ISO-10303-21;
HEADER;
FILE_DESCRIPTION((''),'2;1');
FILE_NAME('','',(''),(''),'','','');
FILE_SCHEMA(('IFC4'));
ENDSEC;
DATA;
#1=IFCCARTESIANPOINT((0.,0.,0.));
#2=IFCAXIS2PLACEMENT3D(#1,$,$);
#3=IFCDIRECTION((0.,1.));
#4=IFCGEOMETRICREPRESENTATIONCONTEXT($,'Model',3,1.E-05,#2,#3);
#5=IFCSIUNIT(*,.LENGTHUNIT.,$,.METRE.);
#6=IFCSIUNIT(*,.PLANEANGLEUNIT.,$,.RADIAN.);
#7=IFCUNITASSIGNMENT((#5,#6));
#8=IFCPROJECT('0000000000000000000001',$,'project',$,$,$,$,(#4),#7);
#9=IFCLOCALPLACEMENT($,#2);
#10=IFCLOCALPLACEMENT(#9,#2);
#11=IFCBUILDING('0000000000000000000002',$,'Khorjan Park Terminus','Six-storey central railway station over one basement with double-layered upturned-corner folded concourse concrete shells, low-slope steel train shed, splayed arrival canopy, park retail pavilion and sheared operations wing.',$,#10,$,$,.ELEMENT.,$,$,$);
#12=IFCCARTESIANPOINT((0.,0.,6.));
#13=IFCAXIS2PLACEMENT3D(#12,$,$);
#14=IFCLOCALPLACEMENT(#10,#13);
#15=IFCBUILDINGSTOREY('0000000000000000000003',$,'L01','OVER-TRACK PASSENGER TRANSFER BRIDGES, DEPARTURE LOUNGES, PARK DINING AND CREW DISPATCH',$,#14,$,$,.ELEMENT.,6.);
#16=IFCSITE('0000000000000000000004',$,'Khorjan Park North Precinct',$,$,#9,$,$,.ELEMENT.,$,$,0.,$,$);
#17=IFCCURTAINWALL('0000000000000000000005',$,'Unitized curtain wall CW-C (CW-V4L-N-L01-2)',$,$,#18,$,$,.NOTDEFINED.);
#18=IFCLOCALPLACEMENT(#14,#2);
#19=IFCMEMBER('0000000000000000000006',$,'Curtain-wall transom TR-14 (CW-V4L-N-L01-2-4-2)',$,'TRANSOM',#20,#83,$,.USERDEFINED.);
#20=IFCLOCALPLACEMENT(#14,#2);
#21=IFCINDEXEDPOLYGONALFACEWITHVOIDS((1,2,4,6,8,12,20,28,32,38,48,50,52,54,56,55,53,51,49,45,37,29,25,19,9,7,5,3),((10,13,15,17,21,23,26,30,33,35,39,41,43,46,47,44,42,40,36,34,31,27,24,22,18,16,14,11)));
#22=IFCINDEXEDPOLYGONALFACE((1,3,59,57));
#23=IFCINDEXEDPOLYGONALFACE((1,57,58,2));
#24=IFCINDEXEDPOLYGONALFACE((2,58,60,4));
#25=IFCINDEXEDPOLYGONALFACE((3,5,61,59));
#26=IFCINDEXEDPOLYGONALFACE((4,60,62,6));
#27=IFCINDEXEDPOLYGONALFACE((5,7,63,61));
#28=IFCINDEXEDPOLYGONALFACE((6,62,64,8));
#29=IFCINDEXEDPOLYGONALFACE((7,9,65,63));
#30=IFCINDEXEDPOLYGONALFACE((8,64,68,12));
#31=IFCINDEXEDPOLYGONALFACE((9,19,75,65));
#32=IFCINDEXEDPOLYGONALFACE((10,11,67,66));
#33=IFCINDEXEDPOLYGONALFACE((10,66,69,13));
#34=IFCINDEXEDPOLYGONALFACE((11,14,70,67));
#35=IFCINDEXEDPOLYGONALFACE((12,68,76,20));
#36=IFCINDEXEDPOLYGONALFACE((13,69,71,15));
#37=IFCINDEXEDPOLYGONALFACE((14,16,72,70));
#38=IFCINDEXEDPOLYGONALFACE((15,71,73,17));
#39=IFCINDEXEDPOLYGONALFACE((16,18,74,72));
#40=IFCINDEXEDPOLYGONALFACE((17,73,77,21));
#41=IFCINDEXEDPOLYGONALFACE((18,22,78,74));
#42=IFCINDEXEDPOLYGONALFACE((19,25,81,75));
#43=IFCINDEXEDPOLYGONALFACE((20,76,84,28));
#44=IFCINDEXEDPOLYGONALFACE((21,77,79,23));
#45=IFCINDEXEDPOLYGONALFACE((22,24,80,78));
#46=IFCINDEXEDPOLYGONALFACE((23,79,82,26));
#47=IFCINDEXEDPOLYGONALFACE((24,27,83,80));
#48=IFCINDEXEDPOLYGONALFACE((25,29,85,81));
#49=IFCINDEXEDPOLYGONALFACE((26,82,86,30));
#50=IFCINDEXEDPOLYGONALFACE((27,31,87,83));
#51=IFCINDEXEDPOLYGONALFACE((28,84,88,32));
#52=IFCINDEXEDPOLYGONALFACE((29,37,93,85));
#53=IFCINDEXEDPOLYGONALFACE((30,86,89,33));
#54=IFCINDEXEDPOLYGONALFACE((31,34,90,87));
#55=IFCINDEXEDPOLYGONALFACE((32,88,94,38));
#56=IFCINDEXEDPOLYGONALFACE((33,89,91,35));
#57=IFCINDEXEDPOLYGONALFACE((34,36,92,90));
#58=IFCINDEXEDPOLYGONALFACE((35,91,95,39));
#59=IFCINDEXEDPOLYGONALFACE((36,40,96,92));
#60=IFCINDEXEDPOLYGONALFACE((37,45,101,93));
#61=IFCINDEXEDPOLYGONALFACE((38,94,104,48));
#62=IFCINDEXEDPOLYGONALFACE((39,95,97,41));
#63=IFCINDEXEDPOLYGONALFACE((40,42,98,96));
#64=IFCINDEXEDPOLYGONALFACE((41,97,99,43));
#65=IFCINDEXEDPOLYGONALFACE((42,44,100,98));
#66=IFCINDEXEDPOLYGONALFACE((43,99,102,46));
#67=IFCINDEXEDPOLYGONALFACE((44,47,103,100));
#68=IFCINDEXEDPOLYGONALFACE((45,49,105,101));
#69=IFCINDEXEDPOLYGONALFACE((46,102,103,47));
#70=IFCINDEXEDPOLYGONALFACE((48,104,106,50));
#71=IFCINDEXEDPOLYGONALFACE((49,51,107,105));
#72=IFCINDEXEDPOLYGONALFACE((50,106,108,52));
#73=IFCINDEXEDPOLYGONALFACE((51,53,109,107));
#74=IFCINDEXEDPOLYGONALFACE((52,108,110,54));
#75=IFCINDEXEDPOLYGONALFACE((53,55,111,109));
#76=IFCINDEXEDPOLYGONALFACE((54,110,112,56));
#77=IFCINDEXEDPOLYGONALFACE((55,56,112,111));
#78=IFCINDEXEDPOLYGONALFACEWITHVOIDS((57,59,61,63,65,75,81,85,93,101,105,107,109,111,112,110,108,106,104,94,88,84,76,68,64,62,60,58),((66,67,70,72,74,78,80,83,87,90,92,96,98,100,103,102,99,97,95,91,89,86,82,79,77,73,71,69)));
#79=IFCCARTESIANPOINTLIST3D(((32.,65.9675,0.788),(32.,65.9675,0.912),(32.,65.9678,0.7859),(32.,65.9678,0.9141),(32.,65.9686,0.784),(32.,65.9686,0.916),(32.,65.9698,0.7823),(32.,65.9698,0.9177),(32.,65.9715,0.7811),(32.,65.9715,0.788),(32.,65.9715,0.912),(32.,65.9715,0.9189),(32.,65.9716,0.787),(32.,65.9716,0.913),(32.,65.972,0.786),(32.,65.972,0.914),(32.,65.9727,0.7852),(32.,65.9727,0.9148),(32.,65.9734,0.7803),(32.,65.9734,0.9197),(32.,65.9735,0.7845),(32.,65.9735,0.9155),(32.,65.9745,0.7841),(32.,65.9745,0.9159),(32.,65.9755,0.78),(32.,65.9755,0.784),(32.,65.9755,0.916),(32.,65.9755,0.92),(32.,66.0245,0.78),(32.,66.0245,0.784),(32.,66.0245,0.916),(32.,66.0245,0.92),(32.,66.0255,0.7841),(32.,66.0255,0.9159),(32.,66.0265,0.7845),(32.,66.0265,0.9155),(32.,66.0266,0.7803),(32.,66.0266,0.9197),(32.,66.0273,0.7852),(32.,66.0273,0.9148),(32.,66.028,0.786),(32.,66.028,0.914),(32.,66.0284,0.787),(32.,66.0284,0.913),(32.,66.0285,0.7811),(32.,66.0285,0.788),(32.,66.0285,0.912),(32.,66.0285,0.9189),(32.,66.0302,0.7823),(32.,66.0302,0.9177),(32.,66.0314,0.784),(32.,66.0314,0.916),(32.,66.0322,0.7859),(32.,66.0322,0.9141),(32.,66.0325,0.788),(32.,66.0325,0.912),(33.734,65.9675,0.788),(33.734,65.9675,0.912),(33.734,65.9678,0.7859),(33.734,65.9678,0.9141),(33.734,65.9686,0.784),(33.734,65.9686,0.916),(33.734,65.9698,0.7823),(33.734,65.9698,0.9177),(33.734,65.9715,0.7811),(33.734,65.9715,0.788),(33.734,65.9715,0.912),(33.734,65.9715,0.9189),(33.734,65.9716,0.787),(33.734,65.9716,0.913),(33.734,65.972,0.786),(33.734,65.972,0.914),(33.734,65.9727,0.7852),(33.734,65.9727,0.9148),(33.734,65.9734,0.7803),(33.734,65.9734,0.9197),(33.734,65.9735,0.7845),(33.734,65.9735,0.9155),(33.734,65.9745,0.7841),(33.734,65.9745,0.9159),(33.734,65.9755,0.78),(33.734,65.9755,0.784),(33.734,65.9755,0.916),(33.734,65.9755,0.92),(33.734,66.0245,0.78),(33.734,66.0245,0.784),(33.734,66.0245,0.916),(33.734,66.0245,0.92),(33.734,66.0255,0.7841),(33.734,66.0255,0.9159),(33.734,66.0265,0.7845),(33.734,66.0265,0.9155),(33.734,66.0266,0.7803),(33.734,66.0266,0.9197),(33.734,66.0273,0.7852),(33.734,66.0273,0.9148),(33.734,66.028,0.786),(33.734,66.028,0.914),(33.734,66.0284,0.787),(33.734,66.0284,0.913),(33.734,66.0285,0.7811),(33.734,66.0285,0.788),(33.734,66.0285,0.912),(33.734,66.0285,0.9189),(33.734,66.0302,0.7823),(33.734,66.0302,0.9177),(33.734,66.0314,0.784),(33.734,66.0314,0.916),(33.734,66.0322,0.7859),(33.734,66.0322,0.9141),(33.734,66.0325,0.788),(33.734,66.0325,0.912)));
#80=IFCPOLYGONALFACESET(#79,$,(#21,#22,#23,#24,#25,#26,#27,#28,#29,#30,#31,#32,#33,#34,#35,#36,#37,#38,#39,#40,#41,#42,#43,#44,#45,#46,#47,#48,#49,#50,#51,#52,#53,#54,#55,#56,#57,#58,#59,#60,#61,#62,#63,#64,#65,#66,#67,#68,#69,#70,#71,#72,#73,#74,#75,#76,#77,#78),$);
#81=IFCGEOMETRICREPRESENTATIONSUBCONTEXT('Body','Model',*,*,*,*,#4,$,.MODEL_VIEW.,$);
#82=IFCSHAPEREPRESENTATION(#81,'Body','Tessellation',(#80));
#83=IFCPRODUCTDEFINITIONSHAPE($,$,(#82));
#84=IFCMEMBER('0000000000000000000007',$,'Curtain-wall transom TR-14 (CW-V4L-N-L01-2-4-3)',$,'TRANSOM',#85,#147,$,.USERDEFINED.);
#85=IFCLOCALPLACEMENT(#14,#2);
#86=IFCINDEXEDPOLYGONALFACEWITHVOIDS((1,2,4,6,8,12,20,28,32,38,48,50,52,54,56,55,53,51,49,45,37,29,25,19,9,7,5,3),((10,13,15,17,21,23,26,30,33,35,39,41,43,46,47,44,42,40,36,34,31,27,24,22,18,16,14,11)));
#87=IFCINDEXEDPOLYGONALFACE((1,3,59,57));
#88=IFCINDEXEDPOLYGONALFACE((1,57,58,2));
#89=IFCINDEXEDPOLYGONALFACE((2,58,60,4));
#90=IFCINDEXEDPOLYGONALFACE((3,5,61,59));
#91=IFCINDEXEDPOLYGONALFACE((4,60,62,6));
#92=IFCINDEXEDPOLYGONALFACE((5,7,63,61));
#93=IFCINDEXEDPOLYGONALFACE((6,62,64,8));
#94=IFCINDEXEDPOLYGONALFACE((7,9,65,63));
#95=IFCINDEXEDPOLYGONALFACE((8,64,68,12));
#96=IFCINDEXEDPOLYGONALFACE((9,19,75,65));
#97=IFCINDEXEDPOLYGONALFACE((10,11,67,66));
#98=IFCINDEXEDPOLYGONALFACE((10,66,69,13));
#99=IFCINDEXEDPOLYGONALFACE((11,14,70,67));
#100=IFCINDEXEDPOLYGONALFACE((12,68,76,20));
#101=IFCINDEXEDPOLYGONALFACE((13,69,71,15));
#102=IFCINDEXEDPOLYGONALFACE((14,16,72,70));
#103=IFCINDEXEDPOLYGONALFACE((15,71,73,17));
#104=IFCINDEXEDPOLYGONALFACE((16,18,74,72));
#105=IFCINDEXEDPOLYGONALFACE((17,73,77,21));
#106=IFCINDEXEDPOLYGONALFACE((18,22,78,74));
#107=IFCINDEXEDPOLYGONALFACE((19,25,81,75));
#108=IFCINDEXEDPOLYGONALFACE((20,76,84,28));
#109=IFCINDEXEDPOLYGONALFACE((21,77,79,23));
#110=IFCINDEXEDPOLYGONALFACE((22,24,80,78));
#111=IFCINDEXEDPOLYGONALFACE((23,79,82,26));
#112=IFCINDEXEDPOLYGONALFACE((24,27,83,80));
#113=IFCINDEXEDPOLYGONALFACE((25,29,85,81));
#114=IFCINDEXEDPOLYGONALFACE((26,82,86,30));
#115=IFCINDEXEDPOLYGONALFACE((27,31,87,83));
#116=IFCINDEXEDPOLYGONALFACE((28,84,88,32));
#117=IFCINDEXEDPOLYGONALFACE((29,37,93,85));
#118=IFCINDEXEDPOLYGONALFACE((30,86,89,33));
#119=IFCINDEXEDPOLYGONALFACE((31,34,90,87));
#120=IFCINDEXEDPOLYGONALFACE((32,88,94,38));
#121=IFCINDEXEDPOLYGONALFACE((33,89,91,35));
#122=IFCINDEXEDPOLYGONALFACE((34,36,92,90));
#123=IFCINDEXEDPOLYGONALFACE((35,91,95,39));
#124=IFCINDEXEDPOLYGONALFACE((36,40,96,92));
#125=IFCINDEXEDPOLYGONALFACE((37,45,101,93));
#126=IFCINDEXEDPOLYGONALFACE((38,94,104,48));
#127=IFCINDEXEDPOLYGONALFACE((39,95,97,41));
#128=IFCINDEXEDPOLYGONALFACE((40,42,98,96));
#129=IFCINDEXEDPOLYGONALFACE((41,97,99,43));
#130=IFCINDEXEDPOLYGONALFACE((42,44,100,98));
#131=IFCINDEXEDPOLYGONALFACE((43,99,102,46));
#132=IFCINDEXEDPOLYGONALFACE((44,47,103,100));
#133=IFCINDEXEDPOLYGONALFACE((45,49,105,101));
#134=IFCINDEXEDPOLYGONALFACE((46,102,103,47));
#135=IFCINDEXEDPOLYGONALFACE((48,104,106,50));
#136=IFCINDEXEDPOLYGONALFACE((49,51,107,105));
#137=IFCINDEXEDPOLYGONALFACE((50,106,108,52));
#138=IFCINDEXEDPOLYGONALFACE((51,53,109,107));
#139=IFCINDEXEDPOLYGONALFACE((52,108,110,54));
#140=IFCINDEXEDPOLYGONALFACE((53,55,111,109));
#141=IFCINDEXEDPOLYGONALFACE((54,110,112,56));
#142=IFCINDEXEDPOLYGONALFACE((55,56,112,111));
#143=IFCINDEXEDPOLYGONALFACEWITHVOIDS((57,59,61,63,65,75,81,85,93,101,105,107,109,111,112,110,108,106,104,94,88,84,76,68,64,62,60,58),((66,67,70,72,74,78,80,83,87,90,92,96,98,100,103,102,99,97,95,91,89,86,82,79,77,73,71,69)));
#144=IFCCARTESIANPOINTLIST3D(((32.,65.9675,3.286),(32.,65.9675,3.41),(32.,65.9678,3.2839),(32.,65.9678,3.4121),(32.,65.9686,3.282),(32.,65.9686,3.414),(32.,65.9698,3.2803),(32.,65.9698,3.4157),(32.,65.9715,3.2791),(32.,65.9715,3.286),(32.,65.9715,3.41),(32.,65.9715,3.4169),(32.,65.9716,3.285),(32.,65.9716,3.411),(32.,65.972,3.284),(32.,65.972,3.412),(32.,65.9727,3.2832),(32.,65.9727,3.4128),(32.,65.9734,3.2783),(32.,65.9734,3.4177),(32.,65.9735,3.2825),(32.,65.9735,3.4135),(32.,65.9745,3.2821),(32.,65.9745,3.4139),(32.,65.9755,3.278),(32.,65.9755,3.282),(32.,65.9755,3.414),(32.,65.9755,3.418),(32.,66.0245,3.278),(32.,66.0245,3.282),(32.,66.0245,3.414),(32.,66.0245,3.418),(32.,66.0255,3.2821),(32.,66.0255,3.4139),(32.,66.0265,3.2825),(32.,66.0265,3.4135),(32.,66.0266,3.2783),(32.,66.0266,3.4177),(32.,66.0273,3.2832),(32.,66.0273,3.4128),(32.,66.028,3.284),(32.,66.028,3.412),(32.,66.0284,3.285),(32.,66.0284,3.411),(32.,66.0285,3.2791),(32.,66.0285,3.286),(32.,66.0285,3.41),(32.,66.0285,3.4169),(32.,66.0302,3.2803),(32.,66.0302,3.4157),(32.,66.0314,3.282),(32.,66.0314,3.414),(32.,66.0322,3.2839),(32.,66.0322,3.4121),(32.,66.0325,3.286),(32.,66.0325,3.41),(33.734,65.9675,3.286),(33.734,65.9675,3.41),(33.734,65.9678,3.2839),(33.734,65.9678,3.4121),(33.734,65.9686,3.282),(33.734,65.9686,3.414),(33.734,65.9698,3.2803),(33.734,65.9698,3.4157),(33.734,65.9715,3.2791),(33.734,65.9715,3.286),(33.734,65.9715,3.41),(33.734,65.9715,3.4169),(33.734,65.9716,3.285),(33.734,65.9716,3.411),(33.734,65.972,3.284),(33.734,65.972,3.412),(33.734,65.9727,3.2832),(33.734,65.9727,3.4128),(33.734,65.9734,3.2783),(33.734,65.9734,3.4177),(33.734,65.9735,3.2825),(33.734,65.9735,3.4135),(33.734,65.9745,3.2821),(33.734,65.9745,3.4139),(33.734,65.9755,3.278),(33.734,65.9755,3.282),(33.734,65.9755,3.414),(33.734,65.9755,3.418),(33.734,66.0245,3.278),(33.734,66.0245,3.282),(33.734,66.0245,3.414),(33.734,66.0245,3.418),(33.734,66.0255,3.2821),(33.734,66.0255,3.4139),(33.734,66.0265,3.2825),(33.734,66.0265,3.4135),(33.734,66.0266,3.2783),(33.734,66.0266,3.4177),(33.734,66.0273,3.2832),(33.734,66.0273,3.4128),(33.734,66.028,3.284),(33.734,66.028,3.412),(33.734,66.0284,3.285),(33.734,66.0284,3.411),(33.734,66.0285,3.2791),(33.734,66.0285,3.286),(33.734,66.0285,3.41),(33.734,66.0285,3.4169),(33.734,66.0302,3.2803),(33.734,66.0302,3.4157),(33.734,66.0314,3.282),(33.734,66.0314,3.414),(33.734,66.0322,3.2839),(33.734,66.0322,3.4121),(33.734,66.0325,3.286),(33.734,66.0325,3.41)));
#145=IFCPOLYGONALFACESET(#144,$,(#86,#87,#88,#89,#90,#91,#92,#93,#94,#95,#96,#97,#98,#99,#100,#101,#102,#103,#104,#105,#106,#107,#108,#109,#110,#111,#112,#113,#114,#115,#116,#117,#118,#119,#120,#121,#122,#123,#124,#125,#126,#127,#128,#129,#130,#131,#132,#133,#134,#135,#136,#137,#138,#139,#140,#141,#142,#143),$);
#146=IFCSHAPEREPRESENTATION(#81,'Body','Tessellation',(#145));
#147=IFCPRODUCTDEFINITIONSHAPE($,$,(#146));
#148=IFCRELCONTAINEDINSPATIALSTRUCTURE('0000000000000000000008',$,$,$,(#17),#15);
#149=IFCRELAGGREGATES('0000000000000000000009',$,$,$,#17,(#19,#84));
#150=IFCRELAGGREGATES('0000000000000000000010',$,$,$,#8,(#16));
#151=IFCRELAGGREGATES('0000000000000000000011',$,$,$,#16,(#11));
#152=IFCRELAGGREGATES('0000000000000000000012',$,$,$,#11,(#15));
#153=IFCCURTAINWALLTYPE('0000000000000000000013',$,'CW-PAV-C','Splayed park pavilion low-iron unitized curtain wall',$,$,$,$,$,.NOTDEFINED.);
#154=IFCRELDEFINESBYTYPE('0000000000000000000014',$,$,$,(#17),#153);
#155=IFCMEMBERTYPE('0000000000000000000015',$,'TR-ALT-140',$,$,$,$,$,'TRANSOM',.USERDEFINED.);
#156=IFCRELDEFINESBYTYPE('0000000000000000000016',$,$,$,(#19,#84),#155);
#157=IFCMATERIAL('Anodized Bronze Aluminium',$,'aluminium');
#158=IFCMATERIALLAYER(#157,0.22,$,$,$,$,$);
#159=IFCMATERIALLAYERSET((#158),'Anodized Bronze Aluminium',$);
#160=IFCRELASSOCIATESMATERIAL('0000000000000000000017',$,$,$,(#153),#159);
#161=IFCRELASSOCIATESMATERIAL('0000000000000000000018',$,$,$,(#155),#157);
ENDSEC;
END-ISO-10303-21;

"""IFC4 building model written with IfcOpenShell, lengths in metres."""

from ifc_helpers import new_model, si_unit, direction, frame, origin, origin_2d, place, context, subcontext, project, spatial, hollow_rectangle, extrude, material, layer, layer_set, material_profile, profile_set, type_object, element, aggregate, save


model = new_model("IFC4")

# Units and contexts
model_context = context("Model", 3, precision=1e-05, world=origin(), true_north=direction((0.0, 1.0)))
body_context = subcontext(model_context, "Body", "Model", "MODEL_VIEW")
ifc_project = project(units=[si_unit("LENGTHUNIT", "METRE"), si_unit("PLANEANGLEUNIT", "RADIAN")], contexts=[model_context])

# Site, building, storey
site_placement = place(None, origin())
site = spatial("IfcSite", under=ifc_project, at=site_placement, Name="Khorjan Park North Precinct", CompositionType="ELEMENT", RefElevation=0.0)
building_placement = place(site_placement, origin())
building = spatial("IfcBuilding", under=site, at=building_placement, Name="Khorjan Park Terminus", Description="Six-storey central railway station over one basement with double-layered upturned-corner folded concourse concrete shells, low-slope steel train shed, splayed arrival canopy, park retail pavilion and sheared operations wing.", CompositionType="ELEMENT")
storey_placement = place(building_placement, frame((0.0, 0.0, 6.0)))
storey = spatial("IfcBuildingStorey", under=building, at=storey_placement, Name="L01", Description="OVER-TRACK PASSENGER TRANSFER BRIDGES, DEPARTURE LOUNGES, PARK DINING AND CREW DISPATCH", CompositionType="ELEMENT", Elevation=6.0)

# Curtain wall, members
ifc_material_1 = material(Name="Anodized Bronze Aluminium", Category="aluminium")
ifc_layer_1 = layer(ifc_material_1, 0.22)
ifc_layer_set_1 = layer_set([ifc_layer_1], Name="Anodized Bronze Aluminium")
curtain_wall_type = type_object("IfcCurtainWallType", Name="CW-PAV-C", Description="Splayed park pavilion low-iron unitized curtain wall", PredefinedType="NOTDEFINED", material=ifc_layer_set_1)
curtain_wall_1_placement = place(storey_placement, origin())
curtain_wall_1 = element("IfcCurtainWall", 1, at=curtain_wall_1_placement, inside=storey, type_object=curtain_wall_type, Name="Unitized curtain wall CW-C (CW-V4L-N-L01-2)", PredefinedType="NOTDEFINED")
ifc_material_profile_1 = material_profile(ifc_material_1, hollow_rectangle(XDim=0.065, YDim=0.14, WallThickness=0.004, InnerFilletRadius=0.004, OuterFilletRadius=0.008, at=origin_2d()), Name="ALT 65x140x4")
ifc_profile_set_1 = profile_set([ifc_material_profile_1], Name="Anodized Bronze Aluminium")
member_type_1 = type_object("IfcMemberType", Name="TR-ALT-140", ElementType="TRANSOM", PredefinedType="USERDEFINED", material=ifc_profile_set_1)
member_1_placement = place(storey_placement, frame((33.734, 66.0, 0.85), z_axis=(-1.0, 0.0, 0.0), x_axis=(0.0, -1.0, 0.0)))
member_1 = element("IfcMember", 2, at=member_1_placement, type_object=member_type_1, Name="Curtain-wall transom TR-14 (CW-V4L-N-L01-2-4-2)", ObjectType="TRANSOM", PredefinedType="USERDEFINED", context=body_context, shape_type="SweptSolid", body=[
    extrude(hollow_rectangle(XDim=0.065, YDim=0.14, WallThickness=0.004, InnerFilletRadius=0.004, OuterFilletRadius=0.008, at=origin_2d()), origin(), (0.0, 0.0, 1.0), 1.734),
])
member_2_placement = place(storey_placement, frame((33.734, 66.0, 3.348), z_axis=(-1.0, 0.0, 0.0), x_axis=(0.0, -1.0, 0.0)))
member_2 = element("IfcMember", 3, at=member_2_placement, type_object=member_type_1, Name="Curtain-wall transom TR-14 (CW-V4L-N-L01-2-4-3)", ObjectType="TRANSOM", PredefinedType="USERDEFINED", context=body_context, shape_type="SweptSolid", body=[
    extrude(hollow_rectangle(XDim=0.065, YDim=0.14, WallThickness=0.004, InnerFilletRadius=0.004, OuterFilletRadius=0.008, at=origin_2d()), origin(), (0.0, 0.0, 1.0), 1.734),
])

aggregate(curtain_wall_1, [member_1, member_2])

save(model, "model.ifc")
